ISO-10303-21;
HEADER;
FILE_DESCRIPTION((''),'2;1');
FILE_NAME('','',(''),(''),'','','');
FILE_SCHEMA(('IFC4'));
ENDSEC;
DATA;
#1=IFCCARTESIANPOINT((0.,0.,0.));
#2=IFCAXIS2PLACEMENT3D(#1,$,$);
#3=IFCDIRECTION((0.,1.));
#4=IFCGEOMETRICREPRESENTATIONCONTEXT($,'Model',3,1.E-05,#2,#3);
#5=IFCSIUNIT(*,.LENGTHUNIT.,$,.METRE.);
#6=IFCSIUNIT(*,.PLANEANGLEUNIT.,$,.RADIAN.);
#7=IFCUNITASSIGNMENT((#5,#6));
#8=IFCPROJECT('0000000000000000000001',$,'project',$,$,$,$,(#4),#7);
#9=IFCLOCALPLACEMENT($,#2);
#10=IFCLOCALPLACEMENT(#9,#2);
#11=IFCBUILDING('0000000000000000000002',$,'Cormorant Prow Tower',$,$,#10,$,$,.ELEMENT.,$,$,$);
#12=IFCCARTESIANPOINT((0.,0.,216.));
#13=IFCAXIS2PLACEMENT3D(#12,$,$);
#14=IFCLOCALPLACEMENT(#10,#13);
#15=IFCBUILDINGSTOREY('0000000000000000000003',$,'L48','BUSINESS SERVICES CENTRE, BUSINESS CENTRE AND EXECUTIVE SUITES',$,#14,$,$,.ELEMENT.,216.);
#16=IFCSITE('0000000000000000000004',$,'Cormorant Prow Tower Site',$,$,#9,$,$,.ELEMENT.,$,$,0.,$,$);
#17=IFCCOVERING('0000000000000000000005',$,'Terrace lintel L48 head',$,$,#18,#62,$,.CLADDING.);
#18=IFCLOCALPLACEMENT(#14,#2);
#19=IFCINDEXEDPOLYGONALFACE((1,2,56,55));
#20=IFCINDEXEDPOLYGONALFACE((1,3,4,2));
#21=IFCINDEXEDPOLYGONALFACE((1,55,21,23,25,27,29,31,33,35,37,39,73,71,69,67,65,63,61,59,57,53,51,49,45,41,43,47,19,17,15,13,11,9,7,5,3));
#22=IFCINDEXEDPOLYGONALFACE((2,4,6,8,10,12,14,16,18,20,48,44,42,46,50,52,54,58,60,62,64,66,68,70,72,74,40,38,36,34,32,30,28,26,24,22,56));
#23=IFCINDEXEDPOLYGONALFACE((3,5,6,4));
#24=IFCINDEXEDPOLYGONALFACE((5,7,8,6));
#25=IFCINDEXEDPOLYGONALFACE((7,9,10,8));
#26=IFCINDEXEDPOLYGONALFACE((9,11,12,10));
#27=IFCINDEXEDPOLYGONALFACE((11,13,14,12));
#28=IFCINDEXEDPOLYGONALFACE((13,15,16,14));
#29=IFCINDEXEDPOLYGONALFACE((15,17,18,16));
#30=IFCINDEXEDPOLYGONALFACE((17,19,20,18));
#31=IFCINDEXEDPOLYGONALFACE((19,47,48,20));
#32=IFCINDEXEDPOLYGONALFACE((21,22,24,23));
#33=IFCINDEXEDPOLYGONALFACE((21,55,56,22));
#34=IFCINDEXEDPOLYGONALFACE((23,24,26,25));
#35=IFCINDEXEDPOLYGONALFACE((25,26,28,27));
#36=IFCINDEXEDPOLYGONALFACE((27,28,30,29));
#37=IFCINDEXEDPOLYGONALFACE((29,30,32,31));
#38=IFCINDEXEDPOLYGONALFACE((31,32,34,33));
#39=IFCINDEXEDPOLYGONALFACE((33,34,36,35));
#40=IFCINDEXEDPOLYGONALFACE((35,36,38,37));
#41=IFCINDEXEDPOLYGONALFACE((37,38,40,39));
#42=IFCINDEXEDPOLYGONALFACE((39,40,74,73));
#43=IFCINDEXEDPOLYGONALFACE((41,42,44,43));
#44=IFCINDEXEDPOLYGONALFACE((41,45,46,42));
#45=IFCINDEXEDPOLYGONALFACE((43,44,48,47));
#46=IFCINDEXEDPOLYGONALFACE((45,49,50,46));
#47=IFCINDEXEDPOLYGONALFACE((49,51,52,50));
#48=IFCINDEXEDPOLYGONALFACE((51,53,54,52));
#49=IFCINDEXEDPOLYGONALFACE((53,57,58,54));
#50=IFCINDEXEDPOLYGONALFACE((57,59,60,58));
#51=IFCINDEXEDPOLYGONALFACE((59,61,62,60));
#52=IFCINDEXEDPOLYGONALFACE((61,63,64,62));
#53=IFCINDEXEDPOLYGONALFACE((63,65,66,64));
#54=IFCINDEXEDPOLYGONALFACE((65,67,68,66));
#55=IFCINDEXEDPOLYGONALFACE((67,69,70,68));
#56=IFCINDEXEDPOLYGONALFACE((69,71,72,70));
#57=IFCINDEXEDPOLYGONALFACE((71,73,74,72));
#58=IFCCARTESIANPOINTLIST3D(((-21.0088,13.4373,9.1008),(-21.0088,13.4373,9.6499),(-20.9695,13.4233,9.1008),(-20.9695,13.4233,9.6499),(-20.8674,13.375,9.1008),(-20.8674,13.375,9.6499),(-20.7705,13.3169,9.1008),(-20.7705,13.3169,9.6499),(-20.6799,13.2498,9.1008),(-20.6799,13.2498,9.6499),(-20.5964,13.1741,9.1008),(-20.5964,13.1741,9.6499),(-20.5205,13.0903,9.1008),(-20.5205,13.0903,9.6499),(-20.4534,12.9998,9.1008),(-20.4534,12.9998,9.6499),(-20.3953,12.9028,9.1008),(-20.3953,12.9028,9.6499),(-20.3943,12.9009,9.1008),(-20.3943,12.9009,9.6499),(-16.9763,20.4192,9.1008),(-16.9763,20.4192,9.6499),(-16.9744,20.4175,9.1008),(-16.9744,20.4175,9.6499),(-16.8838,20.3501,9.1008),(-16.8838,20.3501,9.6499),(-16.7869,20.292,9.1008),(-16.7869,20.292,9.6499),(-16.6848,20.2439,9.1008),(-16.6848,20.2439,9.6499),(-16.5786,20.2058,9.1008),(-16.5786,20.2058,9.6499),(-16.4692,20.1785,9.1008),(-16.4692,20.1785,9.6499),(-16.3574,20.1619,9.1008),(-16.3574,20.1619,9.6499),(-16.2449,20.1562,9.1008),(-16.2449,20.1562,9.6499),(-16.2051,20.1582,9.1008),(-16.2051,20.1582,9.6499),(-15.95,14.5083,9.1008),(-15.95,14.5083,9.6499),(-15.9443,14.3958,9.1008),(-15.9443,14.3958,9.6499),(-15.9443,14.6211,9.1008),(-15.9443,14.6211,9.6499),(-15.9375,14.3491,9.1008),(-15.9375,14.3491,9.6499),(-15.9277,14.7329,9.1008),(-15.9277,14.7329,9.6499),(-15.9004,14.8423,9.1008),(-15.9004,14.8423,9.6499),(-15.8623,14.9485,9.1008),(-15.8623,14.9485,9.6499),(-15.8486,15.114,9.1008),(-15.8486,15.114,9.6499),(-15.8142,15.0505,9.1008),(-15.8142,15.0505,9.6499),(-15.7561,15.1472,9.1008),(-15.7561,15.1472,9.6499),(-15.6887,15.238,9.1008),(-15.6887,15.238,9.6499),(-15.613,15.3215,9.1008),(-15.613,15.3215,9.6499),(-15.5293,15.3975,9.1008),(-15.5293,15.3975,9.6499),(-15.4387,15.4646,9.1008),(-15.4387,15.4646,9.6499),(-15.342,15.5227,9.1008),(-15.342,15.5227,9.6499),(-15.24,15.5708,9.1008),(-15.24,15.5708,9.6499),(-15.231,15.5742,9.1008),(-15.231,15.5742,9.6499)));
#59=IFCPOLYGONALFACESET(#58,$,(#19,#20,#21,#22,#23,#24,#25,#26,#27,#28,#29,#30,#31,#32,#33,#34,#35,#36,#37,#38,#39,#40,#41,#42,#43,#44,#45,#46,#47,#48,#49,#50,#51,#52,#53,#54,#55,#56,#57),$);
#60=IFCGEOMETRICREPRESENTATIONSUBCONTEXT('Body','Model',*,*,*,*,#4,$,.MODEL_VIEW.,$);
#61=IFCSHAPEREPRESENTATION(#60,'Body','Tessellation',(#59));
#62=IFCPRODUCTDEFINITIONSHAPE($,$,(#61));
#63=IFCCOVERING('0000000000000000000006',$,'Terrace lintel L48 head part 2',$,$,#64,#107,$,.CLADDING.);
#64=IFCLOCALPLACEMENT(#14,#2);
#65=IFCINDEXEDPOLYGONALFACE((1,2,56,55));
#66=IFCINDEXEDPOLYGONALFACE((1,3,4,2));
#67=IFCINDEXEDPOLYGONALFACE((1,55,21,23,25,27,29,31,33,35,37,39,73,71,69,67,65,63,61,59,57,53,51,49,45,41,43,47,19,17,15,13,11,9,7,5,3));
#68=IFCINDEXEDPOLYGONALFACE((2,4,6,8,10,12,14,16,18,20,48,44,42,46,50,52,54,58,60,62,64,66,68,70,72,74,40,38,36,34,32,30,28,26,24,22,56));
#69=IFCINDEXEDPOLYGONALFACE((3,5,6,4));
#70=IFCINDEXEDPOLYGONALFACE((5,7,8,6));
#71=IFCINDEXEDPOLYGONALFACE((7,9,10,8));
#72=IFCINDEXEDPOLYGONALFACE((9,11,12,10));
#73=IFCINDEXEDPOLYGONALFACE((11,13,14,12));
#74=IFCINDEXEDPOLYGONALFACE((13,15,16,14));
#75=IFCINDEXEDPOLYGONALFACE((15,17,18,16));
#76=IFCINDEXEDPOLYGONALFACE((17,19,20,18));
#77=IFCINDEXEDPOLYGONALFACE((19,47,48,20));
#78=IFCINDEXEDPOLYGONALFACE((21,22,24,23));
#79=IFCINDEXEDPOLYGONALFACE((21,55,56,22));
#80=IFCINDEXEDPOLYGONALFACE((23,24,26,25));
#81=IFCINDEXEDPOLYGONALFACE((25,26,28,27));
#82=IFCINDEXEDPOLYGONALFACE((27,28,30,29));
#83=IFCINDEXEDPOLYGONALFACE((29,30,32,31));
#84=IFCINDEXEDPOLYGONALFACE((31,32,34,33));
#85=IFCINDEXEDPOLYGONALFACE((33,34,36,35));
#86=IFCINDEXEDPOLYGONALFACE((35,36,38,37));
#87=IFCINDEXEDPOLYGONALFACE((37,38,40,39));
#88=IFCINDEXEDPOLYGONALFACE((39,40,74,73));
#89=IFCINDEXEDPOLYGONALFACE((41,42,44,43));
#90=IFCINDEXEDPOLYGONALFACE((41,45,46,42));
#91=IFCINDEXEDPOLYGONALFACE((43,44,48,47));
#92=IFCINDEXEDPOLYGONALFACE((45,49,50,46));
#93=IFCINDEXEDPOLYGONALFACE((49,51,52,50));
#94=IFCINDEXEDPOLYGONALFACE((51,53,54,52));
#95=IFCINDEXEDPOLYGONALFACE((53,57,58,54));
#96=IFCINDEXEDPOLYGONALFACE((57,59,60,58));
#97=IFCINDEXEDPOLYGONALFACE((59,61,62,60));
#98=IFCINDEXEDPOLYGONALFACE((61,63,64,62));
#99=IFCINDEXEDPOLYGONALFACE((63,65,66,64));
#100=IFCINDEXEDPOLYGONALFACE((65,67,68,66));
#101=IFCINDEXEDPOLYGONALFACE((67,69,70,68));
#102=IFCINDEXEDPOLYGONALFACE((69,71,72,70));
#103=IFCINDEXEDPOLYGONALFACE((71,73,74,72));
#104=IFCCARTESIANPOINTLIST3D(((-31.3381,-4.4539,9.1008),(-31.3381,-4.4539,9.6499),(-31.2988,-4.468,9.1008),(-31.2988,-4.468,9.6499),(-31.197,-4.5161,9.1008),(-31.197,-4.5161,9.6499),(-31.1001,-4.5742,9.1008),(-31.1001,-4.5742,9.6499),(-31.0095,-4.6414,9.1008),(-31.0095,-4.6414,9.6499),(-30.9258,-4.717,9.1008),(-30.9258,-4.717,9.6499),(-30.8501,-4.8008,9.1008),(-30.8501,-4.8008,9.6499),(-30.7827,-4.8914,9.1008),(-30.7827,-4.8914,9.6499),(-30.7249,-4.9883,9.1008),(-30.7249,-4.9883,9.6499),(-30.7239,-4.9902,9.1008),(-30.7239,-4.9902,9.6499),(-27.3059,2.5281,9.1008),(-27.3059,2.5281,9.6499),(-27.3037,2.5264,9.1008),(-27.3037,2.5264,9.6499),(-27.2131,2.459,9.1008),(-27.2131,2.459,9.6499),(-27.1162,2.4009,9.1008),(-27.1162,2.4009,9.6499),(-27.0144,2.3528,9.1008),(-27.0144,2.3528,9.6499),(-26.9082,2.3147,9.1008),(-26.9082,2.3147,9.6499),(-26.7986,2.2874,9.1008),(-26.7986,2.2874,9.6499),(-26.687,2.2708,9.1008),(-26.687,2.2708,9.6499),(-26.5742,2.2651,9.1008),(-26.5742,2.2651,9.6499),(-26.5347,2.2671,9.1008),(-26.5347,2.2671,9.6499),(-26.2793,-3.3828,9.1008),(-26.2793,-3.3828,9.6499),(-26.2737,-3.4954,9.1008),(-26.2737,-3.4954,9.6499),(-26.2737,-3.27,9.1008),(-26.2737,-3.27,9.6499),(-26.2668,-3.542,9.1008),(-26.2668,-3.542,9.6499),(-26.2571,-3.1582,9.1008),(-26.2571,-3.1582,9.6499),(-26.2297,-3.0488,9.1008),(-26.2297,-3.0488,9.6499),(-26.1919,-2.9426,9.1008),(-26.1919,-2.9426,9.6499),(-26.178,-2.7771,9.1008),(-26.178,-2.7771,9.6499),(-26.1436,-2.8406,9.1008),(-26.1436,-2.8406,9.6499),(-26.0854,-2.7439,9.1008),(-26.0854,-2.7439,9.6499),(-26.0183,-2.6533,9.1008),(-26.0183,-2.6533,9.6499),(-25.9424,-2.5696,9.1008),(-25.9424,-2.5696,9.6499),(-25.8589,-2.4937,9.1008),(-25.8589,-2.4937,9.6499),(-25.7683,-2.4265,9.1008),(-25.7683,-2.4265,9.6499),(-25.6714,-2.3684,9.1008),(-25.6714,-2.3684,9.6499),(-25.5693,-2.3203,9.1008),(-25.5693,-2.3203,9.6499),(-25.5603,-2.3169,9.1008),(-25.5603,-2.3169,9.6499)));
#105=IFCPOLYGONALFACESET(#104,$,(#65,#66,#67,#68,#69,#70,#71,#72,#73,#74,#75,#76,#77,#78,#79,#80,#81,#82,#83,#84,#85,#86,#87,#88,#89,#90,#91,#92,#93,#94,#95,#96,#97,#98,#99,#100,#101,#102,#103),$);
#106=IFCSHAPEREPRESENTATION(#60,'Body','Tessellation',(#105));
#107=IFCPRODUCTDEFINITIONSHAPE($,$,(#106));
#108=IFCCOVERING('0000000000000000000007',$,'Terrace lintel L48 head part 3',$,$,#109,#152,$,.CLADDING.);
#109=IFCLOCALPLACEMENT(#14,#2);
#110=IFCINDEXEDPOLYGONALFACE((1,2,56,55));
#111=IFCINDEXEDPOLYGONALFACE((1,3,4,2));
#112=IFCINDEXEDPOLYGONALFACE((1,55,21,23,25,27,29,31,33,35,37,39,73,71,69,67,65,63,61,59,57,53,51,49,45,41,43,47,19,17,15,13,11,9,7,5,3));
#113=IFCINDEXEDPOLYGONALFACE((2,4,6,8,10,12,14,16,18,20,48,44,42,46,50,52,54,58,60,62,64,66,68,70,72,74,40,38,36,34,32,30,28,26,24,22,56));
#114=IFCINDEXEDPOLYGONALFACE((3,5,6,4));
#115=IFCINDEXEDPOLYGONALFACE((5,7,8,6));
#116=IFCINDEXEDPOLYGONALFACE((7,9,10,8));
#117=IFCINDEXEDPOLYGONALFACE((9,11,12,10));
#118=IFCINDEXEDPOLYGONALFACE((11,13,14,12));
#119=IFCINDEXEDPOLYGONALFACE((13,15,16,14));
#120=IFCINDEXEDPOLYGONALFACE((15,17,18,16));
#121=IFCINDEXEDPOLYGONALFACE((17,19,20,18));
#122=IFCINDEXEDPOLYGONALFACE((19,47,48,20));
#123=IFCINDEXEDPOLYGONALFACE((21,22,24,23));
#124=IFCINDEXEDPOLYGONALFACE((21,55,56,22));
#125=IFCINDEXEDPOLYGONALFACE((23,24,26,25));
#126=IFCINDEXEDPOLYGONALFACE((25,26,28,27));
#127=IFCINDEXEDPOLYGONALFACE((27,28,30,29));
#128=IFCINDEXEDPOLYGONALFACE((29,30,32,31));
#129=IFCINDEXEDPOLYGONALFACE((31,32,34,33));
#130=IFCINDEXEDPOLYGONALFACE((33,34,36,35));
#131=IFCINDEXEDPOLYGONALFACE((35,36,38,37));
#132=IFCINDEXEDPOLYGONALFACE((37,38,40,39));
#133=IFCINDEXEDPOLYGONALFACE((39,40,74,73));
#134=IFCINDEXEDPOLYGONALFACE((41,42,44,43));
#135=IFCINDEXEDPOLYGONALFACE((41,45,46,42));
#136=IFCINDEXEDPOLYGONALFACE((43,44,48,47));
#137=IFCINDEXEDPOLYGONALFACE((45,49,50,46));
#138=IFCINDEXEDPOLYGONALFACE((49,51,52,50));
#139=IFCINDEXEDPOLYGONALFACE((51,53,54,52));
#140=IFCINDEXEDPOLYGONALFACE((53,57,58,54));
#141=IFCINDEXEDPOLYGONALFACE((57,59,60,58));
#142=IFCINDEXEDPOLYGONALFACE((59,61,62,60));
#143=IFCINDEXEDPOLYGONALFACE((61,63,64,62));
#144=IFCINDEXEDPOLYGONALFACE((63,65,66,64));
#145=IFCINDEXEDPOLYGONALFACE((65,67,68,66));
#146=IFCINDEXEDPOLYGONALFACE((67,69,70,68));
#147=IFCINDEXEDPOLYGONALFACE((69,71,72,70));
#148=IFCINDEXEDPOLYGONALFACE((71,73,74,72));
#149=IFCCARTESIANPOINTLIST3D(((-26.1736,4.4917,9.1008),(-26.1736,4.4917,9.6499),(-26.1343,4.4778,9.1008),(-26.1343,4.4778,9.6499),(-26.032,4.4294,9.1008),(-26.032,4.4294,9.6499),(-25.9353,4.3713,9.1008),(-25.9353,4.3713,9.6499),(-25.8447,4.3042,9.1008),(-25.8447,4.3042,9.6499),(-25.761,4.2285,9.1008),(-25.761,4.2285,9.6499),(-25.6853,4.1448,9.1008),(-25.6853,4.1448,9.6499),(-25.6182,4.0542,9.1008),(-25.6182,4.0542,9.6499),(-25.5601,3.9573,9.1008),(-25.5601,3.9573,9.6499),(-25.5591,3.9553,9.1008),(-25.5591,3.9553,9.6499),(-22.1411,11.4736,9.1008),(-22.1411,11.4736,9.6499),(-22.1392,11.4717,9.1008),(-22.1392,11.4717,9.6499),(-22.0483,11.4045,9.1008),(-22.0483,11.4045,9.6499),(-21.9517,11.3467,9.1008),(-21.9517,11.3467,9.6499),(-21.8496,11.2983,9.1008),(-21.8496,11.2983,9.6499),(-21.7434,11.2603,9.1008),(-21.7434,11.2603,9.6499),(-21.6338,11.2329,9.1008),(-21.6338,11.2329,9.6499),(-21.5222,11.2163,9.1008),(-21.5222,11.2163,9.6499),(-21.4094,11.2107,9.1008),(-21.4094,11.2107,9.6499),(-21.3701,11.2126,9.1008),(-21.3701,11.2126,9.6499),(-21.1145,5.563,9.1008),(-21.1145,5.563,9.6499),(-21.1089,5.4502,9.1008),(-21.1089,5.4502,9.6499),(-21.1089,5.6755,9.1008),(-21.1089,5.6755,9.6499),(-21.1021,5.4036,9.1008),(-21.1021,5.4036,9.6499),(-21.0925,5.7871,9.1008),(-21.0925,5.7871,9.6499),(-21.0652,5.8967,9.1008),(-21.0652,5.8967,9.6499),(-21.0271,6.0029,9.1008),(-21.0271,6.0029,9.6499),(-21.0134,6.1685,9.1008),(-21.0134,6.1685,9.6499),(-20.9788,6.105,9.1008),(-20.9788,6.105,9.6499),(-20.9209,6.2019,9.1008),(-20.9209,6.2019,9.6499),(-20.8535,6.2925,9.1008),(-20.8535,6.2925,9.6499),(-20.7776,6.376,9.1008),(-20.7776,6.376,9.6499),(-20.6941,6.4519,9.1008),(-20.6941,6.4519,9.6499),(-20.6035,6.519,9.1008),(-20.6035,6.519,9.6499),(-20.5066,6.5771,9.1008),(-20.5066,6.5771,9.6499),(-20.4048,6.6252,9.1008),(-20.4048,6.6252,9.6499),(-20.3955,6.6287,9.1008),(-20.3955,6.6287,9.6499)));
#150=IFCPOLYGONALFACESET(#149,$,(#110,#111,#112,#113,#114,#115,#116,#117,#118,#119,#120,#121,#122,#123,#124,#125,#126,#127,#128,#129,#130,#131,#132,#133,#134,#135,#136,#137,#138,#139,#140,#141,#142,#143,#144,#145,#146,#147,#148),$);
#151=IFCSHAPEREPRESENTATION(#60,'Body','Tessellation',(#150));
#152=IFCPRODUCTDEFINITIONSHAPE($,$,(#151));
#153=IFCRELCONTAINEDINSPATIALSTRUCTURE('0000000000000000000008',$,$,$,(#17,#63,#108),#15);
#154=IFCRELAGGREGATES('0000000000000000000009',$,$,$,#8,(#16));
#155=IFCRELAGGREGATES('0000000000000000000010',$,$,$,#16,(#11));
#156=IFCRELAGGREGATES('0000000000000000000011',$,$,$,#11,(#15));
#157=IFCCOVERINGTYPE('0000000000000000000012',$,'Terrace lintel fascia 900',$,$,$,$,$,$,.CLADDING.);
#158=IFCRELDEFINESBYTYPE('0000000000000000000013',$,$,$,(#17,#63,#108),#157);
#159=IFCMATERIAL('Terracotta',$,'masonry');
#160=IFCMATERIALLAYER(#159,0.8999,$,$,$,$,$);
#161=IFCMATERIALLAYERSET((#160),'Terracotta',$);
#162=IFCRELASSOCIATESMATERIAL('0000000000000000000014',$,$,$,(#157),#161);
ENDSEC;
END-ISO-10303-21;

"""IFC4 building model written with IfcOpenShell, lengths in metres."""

from ifc_helpers import new_model, si_unit, direction, frame, origin, place, context, subcontext, project, spatial, polyline, outline, extrude, material, layer, layer_set, type_object, element, save


model = new_model("IFC4")

# Units and contexts
model_context = context("Model", 3, precision=1e-05, world=origin(), true_north=direction((0.0, 1.0)))
body_context = subcontext(model_context, "Body", "Model", "MODEL_VIEW")
ifc_project = project(units=[si_unit("LENGTHUNIT", "METRE"), si_unit("PLANEANGLEUNIT", "RADIAN")], contexts=[model_context])

# Site, building, storey
site_placement = place(None, origin())
site = spatial("IfcSite", under=ifc_project, at=site_placement, Name="Cormorant Prow Tower Site", CompositionType="ELEMENT", RefElevation=0.0)
building_placement = place(site_placement, origin())
building = spatial("IfcBuilding", under=site, at=building_placement, Name="Cormorant Prow Tower", CompositionType="ELEMENT")
storey_placement = place(building_placement, frame((0.0, 0.0, 216.0)))
storey = spatial("IfcBuildingStorey", under=building, at=storey_placement, Name="L48", Description="BUSINESS SERVICES CENTRE, BUSINESS CENTRE AND EXECUTIVE SUITES", CompositionType="ELEMENT", Elevation=216.0)

# Coverings
ifc_material_1 = material(Name="Terracotta", Category="masonry")
ifc_layer_1 = layer(ifc_material_1, 0.8999)
ifc_layer_set_1 = layer_set([ifc_layer_1], Name="Terracotta")
covering_type = type_object("IfcCoveringType", Name="Terrace lintel fascia 900", PredefinedType="CLADDING", material=ifc_layer_set_1)
covering_1_placement = place(storey_placement, frame((0.0, 0.0, 9.1008)))
element("IfcCovering", 1, at=covering_1_placement, inside=storey, type_object=covering_type, Name="Terrace lintel L48 head", PredefinedType="CLADDING", context=body_context, shape_type="SweptSolid", body=[
    extrude(outline(polyline([(-15.24, 15.5708), (-15.342, 15.5227), (-15.4387, 15.4646), (-15.5293, 15.3975), (-15.613, 15.3215), (-15.6887, 15.238), (-15.7561, 15.1472), (-15.8142, 15.0505), (-15.8623, 14.9485), (-15.9004, 14.8423), (-15.9277, 14.7329), (-15.9443, 14.6211), (-15.95, 14.5083), (-15.9443, 14.3958), (-15.9375, 14.3491), (-20.3943, 12.9009), (-20.3953, 12.9028), (-20.4534, 12.9998), (-20.5205, 13.0903), (-20.5964, 13.1741), (-20.6799, 13.2498), (-20.7705, 13.3169), (-20.8674, 13.375), (-20.9695, 13.4233), (-21.0088, 13.4373), (-15.8486, 15.114), (-16.9763, 20.4192), (-16.9744, 20.4175), (-16.8838, 20.3501), (-16.7869, 20.292), (-16.6848, 20.2439), (-16.5786, 20.2058), (-16.4692, 20.1785), (-16.3574, 20.1619), (-16.2449, 20.1562), (-16.2051, 20.1582), (-15.231, 15.5742), (-15.24, 15.5708)])), origin(), (0.0, 0.0, 1.0), 0.5491),
])
covering_2_placement = place(storey_placement, frame((0.0, 0.0, 9.1008)))
element("IfcCovering", 2, at=covering_2_placement, inside=storey, type_object=covering_type, Name="Terrace lintel L48 head part 2", PredefinedType="CLADDING", context=body_context, shape_type="SweptSolid", body=[
    extrude(outline(polyline([(-25.5693, -2.3203), (-25.6714, -2.3684), (-25.7683, -2.4265), (-25.8589, -2.4937), (-25.9424, -2.5696), (-26.0183, -2.6533), (-26.0854, -2.7439), (-26.1436, -2.8406), (-26.1919, -2.9426), (-26.2297, -3.0488), (-26.2571, -3.1582), (-26.2737, -3.27), (-26.2793, -3.3828), (-26.2737, -3.4954), (-26.2668, -3.542), (-30.7239, -4.9902), (-30.7249, -4.9883), (-30.7827, -4.8914), (-30.8501, -4.8008), (-30.9258, -4.717), (-31.0095, -4.6414), (-31.1001, -4.5742), (-31.197, -4.5161), (-31.2988, -4.468), (-31.3381, -4.4539), (-26.178, -2.7771), (-27.3059, 2.5281), (-27.3037, 2.5264), (-27.2131, 2.459), (-27.1162, 2.4009), (-27.0144, 2.3528), (-26.9082, 2.3147), (-26.7986, 2.2874), (-26.687, 2.2708), (-26.5742, 2.2651), (-26.5347, 2.2671), (-25.5603, -2.3169), (-25.5693, -2.3203)])), origin(), (0.0, 0.0, 1.0), 0.5491),
])
covering_3_placement = place(storey_placement, frame((0.0, 0.0, 9.1008)))
element("IfcCovering", 3, at=covering_3_placement, inside=storey, type_object=covering_type, Name="Terrace lintel L48 head part 3", PredefinedType="CLADDING", context=body_context, shape_type="SweptSolid", body=[
    extrude(outline(polyline([(-20.4048, 6.6252), (-20.5066, 6.5771), (-20.6035, 6.519), (-20.6941, 6.4519), (-20.7776, 6.376), (-20.8535, 6.2925), (-20.9209, 6.2019), (-20.9788, 6.105), (-21.0271, 6.0029), (-21.0652, 5.8967), (-21.0925, 5.7871), (-21.1089, 5.6755), (-21.1145, 5.563), (-21.1089, 5.4502), (-21.1021, 5.4036), (-25.5591, 3.9553), (-25.5601, 3.9573), (-25.6182, 4.0542), (-25.6853, 4.1448), (-25.761, 4.2285), (-25.8447, 4.3042), (-25.9353, 4.3713), (-26.032, 4.4294), (-26.1343, 4.4778), (-26.1736, 4.4917), (-21.0134, 6.1685), (-22.1411, 11.4736), (-22.1392, 11.4717), (-22.0483, 11.4045), (-21.9517, 11.3467), (-21.8496, 11.2983), (-21.7434, 11.2603), (-21.6338, 11.2329), (-21.5222, 11.2163), (-21.4094, 11.2107), (-21.3701, 11.2126), (-20.3955, 6.6287), (-20.4048, 6.6252)])), origin(), (0.0, 0.0, 1.0), 0.5491),
])

save(model, "model.ifc")
